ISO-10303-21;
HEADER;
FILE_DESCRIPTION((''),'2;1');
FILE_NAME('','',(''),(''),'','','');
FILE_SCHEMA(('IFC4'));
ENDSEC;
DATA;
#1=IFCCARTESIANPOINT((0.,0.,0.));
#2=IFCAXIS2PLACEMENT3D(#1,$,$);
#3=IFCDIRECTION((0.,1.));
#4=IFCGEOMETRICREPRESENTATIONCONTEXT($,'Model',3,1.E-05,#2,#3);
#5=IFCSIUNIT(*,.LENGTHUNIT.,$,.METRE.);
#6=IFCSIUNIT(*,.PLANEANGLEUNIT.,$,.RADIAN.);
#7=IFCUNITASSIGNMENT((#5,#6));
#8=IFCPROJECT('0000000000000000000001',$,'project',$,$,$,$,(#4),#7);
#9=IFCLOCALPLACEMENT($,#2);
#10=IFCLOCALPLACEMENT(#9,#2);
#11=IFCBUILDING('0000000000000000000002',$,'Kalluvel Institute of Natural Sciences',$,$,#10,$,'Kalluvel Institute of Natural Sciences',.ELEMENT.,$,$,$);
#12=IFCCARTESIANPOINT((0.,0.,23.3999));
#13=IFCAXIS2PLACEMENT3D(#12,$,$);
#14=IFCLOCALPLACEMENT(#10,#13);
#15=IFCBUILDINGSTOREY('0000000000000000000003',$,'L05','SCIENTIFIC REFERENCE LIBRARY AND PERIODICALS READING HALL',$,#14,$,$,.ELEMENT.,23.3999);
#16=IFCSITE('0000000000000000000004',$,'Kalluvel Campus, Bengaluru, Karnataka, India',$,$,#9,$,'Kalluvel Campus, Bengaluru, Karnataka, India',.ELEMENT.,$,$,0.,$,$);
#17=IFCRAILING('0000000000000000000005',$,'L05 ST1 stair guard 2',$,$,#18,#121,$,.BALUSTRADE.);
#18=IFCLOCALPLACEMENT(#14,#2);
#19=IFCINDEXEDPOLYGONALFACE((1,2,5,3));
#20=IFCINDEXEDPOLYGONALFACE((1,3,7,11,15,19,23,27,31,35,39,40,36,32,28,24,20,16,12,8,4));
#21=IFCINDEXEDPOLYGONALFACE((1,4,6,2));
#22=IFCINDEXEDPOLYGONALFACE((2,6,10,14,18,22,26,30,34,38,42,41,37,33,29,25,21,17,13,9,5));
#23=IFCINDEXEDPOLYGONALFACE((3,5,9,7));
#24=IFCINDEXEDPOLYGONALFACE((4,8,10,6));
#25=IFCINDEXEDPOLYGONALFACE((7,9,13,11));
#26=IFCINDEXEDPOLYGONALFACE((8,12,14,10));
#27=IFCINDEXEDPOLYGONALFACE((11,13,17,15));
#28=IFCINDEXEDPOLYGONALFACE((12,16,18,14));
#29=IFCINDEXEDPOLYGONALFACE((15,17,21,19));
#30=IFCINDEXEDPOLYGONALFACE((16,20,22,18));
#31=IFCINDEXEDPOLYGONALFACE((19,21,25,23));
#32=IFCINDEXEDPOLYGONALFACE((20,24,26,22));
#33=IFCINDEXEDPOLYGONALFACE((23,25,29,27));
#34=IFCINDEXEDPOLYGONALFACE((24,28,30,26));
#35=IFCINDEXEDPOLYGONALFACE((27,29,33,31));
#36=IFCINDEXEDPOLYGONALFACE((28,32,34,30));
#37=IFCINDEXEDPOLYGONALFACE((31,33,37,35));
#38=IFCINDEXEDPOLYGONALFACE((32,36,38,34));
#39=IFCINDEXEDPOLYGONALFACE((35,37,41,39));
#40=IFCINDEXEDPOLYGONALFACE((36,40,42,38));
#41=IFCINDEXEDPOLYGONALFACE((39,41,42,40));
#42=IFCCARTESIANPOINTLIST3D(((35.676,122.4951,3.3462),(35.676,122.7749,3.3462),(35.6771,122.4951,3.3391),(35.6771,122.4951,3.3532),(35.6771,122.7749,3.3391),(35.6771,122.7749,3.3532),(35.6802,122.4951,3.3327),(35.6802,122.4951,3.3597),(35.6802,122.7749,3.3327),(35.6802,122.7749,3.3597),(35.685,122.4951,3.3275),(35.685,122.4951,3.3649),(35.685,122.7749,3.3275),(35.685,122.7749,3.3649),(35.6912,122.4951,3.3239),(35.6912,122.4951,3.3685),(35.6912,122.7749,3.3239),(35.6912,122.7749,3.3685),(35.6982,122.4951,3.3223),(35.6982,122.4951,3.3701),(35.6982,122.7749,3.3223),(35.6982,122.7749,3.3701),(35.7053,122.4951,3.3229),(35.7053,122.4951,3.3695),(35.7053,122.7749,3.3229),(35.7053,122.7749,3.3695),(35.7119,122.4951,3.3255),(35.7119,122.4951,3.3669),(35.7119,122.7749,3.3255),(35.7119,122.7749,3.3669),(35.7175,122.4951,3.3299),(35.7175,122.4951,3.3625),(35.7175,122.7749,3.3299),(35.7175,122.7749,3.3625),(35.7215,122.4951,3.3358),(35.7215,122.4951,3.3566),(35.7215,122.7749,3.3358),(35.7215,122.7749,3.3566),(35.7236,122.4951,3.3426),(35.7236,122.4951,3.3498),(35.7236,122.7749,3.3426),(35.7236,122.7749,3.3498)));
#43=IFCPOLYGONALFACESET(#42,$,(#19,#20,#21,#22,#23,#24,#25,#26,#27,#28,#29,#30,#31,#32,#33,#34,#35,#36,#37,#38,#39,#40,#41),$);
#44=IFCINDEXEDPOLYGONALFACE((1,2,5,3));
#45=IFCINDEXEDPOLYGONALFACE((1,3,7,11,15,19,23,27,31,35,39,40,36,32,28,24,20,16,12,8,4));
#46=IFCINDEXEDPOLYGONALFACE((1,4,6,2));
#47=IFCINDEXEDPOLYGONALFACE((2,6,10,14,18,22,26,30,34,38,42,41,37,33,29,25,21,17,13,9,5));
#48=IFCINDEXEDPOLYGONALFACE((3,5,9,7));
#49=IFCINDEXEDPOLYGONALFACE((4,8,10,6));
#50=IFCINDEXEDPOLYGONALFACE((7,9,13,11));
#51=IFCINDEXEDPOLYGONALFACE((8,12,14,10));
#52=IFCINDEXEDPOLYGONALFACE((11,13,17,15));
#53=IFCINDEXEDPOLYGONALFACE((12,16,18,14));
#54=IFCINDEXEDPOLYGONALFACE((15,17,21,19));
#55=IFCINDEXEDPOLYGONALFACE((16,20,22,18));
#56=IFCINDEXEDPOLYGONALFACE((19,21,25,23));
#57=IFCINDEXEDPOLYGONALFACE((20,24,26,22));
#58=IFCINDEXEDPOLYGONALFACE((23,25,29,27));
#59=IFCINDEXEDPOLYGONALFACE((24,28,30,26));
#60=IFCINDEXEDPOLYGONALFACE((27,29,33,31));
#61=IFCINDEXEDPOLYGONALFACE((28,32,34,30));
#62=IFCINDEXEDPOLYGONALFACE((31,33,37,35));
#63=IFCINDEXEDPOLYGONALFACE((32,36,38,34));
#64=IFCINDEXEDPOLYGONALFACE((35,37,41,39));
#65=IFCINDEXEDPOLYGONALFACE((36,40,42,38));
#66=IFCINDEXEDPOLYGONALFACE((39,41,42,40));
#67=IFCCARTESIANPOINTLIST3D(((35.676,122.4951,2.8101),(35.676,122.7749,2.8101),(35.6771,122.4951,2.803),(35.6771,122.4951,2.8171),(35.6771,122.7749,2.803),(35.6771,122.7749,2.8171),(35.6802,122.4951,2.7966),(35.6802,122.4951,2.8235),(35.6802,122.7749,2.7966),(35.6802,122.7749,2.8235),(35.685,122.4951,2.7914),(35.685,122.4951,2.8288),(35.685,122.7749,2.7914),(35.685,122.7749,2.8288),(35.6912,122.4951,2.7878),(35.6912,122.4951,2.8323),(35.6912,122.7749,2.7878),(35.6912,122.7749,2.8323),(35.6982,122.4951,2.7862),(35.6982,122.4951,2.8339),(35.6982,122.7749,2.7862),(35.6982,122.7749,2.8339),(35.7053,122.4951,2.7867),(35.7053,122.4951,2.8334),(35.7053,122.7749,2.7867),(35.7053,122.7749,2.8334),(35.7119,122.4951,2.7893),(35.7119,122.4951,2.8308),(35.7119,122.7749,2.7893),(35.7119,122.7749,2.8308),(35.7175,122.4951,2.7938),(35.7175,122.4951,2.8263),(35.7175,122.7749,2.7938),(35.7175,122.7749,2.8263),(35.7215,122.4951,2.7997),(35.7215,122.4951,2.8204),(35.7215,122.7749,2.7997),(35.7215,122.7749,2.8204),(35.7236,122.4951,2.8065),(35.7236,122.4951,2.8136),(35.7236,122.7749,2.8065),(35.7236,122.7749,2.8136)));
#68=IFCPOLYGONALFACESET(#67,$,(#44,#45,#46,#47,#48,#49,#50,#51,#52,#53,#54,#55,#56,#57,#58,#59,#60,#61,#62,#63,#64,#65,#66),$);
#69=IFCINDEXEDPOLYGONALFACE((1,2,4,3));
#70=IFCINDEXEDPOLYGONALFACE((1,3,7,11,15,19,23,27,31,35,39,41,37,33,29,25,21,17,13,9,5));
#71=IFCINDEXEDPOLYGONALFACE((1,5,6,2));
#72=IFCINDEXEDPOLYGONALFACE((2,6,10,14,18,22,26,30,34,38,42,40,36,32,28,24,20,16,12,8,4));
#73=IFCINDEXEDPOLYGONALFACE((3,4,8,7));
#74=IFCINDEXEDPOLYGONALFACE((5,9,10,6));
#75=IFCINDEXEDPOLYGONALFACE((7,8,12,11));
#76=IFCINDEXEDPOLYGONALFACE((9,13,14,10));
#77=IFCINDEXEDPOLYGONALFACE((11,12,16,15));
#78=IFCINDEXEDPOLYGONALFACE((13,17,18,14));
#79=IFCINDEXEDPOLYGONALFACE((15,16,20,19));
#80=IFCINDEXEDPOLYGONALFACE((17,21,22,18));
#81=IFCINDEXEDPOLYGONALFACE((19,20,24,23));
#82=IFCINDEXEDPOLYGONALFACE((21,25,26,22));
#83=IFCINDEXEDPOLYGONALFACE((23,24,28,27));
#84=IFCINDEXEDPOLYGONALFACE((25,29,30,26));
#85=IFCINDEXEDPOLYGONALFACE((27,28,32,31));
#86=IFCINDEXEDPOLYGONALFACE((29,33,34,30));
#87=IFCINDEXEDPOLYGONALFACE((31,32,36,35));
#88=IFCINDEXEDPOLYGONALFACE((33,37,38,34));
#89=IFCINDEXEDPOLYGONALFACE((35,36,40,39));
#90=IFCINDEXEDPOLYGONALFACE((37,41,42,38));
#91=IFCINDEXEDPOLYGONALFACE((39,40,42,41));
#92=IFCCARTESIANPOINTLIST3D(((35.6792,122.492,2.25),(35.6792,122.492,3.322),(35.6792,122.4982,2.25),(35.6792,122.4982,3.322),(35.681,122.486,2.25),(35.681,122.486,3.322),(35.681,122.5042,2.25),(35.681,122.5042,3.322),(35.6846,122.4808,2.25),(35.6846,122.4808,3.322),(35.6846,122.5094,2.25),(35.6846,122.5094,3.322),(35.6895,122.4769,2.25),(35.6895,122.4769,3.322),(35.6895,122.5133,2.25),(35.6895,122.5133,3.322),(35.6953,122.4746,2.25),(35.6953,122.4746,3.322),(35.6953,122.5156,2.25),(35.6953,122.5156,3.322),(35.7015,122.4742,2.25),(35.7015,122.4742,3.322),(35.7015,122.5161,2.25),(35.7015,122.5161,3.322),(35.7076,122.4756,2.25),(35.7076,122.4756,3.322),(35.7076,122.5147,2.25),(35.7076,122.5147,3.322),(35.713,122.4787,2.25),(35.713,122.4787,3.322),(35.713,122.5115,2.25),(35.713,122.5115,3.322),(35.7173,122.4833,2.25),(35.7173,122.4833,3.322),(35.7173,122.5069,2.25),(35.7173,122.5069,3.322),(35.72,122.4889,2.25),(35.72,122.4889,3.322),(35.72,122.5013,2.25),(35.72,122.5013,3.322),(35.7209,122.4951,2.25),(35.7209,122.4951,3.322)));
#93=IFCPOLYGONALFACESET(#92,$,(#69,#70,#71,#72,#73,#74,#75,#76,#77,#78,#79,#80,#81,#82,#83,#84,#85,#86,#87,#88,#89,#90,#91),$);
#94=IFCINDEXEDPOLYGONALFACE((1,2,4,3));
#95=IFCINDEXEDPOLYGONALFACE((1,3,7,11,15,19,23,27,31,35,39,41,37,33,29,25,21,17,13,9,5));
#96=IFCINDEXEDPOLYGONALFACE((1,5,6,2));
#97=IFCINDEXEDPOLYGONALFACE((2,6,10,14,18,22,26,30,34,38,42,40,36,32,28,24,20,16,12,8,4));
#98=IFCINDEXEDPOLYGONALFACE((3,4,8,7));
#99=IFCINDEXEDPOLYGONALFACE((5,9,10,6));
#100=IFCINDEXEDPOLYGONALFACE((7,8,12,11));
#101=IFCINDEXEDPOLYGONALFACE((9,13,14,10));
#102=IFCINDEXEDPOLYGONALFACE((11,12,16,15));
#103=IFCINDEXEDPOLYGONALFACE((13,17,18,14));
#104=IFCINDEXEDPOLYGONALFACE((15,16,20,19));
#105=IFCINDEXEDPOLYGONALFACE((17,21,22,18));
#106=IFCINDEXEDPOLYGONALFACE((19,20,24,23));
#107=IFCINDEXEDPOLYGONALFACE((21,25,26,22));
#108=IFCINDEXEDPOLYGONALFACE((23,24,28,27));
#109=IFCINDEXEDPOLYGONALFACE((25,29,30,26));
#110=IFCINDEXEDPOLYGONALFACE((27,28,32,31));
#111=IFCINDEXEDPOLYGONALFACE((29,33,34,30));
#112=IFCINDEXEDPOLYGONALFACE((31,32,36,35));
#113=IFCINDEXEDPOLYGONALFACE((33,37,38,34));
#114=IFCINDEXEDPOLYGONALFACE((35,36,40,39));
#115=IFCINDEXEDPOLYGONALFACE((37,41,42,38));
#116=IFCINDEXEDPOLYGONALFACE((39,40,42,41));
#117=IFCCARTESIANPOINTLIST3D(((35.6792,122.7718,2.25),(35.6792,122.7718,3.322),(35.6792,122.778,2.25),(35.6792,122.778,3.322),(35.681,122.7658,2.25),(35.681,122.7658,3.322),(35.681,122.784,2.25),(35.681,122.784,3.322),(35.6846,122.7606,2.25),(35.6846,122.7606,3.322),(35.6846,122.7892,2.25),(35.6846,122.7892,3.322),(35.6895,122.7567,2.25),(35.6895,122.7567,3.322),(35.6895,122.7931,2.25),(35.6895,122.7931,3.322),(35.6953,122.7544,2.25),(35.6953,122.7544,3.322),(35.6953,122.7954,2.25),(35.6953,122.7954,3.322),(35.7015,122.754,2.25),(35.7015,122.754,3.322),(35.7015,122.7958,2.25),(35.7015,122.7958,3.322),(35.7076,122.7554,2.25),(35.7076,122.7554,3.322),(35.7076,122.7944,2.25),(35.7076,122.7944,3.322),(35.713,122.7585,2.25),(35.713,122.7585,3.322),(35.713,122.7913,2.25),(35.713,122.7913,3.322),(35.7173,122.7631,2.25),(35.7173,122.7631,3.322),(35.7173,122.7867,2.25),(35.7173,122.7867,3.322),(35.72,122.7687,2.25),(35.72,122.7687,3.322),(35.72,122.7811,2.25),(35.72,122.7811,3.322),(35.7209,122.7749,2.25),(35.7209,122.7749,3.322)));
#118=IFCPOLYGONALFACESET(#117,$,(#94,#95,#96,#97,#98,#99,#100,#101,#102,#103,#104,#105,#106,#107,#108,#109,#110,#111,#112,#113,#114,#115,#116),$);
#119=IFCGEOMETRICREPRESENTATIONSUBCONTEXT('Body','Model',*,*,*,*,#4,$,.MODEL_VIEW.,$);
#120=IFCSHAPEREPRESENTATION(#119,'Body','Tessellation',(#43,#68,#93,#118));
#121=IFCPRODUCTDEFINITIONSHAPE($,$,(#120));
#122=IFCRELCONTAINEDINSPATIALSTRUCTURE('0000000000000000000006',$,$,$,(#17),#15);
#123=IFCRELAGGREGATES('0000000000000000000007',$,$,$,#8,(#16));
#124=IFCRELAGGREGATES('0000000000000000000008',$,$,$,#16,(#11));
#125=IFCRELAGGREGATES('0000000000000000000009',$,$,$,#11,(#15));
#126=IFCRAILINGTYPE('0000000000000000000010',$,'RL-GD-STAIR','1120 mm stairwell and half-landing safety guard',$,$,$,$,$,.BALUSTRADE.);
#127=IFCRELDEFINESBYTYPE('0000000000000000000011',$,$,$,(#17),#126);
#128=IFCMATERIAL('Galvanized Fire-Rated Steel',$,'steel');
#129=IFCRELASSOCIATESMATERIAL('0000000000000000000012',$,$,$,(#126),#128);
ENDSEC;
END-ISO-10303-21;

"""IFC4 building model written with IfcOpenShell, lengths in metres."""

from ifc_helpers import new_model, si_unit, direction, frame, origin, origin_2d, place, context, subcontext, project, spatial, circle, extrude, material, type_object, element, save


model = new_model("IFC4")

# Units and contexts
model_context = context("Model", 3, precision=1e-05, world=origin(), true_north=direction((0.0, 1.0)))
body_context = subcontext(model_context, "Body", "Model", "MODEL_VIEW")
ifc_project = project(units=[si_unit("LENGTHUNIT", "METRE"), si_unit("PLANEANGLEUNIT", "RADIAN")], contexts=[model_context])

# Site, building, storey
site_placement = place(None, origin())
site = spatial("IfcSite", under=ifc_project, at=site_placement, Name="Kalluvel Campus, Bengaluru, Karnataka, India", LongName="Kalluvel Campus, Bengaluru, Karnataka, India", CompositionType="ELEMENT", RefElevation=0.0)
building_placement = place(site_placement, origin())
building = spatial("IfcBuilding", under=site, at=building_placement, Name="Kalluvel Institute of Natural Sciences", LongName="Kalluvel Institute of Natural Sciences", CompositionType="ELEMENT")
storey_placement = place(building_placement, frame((0.0, 0.0, 23.3999)))
storey = spatial("IfcBuildingStorey", under=building, at=storey_placement, Name="L05", Description="SCIENTIFIC REFERENCE LIBRARY AND PERIODICALS READING HALL", CompositionType="ELEMENT", Elevation=23.3999)

# Railing
ifc_material_1 = material(Name="Galvanized Fire-Rated Steel", Category="steel")
railing_type_1 = type_object("IfcRailingType", Name="RL-GD-STAIR", Description="1120 mm stairwell and half-landing safety guard", PredefinedType="BALUSTRADE", material=ifc_material_1)
railing_1_placement = place(storey_placement, frame((35.7, 122.4951, 2.25)))
element("IfcRailing", 1, at=railing_1_placement, inside=storey, type_object=railing_type_1, Name="L05 ST1 stair guard 2", PredefinedType="BALUSTRADE", context=body_context, shape_type="SweptSolid", body=[
    extrude(circle(Radius=0.0239, at=origin_2d()), frame((0.0, 0.0, 1.0962), z_axis=(0.0, 1.0, 0.0), x_axis=(-1.0, 0.0, 0.0)), (0.0, 0.0, 1.0), 0.2798),
    extrude(circle(Radius=0.0239, at=origin_2d()), frame((0.0, 0.0, 0.5601), z_axis=(0.0, 1.0, 0.0), x_axis=(-1.0, 0.0, 0.0)), (0.0, 0.0, 1.0), 0.2798),
    extrude(circle(Radius=0.021, at=origin_2d()), origin(), (0.0, 0.0, 1.0), 1.072),
    extrude(circle(Radius=0.021, at=origin_2d()), frame((0.0, 0.2798, 0.0)), (0.0, 0.0, 1.0), 1.072),
])

save(model, "model.ifc")
